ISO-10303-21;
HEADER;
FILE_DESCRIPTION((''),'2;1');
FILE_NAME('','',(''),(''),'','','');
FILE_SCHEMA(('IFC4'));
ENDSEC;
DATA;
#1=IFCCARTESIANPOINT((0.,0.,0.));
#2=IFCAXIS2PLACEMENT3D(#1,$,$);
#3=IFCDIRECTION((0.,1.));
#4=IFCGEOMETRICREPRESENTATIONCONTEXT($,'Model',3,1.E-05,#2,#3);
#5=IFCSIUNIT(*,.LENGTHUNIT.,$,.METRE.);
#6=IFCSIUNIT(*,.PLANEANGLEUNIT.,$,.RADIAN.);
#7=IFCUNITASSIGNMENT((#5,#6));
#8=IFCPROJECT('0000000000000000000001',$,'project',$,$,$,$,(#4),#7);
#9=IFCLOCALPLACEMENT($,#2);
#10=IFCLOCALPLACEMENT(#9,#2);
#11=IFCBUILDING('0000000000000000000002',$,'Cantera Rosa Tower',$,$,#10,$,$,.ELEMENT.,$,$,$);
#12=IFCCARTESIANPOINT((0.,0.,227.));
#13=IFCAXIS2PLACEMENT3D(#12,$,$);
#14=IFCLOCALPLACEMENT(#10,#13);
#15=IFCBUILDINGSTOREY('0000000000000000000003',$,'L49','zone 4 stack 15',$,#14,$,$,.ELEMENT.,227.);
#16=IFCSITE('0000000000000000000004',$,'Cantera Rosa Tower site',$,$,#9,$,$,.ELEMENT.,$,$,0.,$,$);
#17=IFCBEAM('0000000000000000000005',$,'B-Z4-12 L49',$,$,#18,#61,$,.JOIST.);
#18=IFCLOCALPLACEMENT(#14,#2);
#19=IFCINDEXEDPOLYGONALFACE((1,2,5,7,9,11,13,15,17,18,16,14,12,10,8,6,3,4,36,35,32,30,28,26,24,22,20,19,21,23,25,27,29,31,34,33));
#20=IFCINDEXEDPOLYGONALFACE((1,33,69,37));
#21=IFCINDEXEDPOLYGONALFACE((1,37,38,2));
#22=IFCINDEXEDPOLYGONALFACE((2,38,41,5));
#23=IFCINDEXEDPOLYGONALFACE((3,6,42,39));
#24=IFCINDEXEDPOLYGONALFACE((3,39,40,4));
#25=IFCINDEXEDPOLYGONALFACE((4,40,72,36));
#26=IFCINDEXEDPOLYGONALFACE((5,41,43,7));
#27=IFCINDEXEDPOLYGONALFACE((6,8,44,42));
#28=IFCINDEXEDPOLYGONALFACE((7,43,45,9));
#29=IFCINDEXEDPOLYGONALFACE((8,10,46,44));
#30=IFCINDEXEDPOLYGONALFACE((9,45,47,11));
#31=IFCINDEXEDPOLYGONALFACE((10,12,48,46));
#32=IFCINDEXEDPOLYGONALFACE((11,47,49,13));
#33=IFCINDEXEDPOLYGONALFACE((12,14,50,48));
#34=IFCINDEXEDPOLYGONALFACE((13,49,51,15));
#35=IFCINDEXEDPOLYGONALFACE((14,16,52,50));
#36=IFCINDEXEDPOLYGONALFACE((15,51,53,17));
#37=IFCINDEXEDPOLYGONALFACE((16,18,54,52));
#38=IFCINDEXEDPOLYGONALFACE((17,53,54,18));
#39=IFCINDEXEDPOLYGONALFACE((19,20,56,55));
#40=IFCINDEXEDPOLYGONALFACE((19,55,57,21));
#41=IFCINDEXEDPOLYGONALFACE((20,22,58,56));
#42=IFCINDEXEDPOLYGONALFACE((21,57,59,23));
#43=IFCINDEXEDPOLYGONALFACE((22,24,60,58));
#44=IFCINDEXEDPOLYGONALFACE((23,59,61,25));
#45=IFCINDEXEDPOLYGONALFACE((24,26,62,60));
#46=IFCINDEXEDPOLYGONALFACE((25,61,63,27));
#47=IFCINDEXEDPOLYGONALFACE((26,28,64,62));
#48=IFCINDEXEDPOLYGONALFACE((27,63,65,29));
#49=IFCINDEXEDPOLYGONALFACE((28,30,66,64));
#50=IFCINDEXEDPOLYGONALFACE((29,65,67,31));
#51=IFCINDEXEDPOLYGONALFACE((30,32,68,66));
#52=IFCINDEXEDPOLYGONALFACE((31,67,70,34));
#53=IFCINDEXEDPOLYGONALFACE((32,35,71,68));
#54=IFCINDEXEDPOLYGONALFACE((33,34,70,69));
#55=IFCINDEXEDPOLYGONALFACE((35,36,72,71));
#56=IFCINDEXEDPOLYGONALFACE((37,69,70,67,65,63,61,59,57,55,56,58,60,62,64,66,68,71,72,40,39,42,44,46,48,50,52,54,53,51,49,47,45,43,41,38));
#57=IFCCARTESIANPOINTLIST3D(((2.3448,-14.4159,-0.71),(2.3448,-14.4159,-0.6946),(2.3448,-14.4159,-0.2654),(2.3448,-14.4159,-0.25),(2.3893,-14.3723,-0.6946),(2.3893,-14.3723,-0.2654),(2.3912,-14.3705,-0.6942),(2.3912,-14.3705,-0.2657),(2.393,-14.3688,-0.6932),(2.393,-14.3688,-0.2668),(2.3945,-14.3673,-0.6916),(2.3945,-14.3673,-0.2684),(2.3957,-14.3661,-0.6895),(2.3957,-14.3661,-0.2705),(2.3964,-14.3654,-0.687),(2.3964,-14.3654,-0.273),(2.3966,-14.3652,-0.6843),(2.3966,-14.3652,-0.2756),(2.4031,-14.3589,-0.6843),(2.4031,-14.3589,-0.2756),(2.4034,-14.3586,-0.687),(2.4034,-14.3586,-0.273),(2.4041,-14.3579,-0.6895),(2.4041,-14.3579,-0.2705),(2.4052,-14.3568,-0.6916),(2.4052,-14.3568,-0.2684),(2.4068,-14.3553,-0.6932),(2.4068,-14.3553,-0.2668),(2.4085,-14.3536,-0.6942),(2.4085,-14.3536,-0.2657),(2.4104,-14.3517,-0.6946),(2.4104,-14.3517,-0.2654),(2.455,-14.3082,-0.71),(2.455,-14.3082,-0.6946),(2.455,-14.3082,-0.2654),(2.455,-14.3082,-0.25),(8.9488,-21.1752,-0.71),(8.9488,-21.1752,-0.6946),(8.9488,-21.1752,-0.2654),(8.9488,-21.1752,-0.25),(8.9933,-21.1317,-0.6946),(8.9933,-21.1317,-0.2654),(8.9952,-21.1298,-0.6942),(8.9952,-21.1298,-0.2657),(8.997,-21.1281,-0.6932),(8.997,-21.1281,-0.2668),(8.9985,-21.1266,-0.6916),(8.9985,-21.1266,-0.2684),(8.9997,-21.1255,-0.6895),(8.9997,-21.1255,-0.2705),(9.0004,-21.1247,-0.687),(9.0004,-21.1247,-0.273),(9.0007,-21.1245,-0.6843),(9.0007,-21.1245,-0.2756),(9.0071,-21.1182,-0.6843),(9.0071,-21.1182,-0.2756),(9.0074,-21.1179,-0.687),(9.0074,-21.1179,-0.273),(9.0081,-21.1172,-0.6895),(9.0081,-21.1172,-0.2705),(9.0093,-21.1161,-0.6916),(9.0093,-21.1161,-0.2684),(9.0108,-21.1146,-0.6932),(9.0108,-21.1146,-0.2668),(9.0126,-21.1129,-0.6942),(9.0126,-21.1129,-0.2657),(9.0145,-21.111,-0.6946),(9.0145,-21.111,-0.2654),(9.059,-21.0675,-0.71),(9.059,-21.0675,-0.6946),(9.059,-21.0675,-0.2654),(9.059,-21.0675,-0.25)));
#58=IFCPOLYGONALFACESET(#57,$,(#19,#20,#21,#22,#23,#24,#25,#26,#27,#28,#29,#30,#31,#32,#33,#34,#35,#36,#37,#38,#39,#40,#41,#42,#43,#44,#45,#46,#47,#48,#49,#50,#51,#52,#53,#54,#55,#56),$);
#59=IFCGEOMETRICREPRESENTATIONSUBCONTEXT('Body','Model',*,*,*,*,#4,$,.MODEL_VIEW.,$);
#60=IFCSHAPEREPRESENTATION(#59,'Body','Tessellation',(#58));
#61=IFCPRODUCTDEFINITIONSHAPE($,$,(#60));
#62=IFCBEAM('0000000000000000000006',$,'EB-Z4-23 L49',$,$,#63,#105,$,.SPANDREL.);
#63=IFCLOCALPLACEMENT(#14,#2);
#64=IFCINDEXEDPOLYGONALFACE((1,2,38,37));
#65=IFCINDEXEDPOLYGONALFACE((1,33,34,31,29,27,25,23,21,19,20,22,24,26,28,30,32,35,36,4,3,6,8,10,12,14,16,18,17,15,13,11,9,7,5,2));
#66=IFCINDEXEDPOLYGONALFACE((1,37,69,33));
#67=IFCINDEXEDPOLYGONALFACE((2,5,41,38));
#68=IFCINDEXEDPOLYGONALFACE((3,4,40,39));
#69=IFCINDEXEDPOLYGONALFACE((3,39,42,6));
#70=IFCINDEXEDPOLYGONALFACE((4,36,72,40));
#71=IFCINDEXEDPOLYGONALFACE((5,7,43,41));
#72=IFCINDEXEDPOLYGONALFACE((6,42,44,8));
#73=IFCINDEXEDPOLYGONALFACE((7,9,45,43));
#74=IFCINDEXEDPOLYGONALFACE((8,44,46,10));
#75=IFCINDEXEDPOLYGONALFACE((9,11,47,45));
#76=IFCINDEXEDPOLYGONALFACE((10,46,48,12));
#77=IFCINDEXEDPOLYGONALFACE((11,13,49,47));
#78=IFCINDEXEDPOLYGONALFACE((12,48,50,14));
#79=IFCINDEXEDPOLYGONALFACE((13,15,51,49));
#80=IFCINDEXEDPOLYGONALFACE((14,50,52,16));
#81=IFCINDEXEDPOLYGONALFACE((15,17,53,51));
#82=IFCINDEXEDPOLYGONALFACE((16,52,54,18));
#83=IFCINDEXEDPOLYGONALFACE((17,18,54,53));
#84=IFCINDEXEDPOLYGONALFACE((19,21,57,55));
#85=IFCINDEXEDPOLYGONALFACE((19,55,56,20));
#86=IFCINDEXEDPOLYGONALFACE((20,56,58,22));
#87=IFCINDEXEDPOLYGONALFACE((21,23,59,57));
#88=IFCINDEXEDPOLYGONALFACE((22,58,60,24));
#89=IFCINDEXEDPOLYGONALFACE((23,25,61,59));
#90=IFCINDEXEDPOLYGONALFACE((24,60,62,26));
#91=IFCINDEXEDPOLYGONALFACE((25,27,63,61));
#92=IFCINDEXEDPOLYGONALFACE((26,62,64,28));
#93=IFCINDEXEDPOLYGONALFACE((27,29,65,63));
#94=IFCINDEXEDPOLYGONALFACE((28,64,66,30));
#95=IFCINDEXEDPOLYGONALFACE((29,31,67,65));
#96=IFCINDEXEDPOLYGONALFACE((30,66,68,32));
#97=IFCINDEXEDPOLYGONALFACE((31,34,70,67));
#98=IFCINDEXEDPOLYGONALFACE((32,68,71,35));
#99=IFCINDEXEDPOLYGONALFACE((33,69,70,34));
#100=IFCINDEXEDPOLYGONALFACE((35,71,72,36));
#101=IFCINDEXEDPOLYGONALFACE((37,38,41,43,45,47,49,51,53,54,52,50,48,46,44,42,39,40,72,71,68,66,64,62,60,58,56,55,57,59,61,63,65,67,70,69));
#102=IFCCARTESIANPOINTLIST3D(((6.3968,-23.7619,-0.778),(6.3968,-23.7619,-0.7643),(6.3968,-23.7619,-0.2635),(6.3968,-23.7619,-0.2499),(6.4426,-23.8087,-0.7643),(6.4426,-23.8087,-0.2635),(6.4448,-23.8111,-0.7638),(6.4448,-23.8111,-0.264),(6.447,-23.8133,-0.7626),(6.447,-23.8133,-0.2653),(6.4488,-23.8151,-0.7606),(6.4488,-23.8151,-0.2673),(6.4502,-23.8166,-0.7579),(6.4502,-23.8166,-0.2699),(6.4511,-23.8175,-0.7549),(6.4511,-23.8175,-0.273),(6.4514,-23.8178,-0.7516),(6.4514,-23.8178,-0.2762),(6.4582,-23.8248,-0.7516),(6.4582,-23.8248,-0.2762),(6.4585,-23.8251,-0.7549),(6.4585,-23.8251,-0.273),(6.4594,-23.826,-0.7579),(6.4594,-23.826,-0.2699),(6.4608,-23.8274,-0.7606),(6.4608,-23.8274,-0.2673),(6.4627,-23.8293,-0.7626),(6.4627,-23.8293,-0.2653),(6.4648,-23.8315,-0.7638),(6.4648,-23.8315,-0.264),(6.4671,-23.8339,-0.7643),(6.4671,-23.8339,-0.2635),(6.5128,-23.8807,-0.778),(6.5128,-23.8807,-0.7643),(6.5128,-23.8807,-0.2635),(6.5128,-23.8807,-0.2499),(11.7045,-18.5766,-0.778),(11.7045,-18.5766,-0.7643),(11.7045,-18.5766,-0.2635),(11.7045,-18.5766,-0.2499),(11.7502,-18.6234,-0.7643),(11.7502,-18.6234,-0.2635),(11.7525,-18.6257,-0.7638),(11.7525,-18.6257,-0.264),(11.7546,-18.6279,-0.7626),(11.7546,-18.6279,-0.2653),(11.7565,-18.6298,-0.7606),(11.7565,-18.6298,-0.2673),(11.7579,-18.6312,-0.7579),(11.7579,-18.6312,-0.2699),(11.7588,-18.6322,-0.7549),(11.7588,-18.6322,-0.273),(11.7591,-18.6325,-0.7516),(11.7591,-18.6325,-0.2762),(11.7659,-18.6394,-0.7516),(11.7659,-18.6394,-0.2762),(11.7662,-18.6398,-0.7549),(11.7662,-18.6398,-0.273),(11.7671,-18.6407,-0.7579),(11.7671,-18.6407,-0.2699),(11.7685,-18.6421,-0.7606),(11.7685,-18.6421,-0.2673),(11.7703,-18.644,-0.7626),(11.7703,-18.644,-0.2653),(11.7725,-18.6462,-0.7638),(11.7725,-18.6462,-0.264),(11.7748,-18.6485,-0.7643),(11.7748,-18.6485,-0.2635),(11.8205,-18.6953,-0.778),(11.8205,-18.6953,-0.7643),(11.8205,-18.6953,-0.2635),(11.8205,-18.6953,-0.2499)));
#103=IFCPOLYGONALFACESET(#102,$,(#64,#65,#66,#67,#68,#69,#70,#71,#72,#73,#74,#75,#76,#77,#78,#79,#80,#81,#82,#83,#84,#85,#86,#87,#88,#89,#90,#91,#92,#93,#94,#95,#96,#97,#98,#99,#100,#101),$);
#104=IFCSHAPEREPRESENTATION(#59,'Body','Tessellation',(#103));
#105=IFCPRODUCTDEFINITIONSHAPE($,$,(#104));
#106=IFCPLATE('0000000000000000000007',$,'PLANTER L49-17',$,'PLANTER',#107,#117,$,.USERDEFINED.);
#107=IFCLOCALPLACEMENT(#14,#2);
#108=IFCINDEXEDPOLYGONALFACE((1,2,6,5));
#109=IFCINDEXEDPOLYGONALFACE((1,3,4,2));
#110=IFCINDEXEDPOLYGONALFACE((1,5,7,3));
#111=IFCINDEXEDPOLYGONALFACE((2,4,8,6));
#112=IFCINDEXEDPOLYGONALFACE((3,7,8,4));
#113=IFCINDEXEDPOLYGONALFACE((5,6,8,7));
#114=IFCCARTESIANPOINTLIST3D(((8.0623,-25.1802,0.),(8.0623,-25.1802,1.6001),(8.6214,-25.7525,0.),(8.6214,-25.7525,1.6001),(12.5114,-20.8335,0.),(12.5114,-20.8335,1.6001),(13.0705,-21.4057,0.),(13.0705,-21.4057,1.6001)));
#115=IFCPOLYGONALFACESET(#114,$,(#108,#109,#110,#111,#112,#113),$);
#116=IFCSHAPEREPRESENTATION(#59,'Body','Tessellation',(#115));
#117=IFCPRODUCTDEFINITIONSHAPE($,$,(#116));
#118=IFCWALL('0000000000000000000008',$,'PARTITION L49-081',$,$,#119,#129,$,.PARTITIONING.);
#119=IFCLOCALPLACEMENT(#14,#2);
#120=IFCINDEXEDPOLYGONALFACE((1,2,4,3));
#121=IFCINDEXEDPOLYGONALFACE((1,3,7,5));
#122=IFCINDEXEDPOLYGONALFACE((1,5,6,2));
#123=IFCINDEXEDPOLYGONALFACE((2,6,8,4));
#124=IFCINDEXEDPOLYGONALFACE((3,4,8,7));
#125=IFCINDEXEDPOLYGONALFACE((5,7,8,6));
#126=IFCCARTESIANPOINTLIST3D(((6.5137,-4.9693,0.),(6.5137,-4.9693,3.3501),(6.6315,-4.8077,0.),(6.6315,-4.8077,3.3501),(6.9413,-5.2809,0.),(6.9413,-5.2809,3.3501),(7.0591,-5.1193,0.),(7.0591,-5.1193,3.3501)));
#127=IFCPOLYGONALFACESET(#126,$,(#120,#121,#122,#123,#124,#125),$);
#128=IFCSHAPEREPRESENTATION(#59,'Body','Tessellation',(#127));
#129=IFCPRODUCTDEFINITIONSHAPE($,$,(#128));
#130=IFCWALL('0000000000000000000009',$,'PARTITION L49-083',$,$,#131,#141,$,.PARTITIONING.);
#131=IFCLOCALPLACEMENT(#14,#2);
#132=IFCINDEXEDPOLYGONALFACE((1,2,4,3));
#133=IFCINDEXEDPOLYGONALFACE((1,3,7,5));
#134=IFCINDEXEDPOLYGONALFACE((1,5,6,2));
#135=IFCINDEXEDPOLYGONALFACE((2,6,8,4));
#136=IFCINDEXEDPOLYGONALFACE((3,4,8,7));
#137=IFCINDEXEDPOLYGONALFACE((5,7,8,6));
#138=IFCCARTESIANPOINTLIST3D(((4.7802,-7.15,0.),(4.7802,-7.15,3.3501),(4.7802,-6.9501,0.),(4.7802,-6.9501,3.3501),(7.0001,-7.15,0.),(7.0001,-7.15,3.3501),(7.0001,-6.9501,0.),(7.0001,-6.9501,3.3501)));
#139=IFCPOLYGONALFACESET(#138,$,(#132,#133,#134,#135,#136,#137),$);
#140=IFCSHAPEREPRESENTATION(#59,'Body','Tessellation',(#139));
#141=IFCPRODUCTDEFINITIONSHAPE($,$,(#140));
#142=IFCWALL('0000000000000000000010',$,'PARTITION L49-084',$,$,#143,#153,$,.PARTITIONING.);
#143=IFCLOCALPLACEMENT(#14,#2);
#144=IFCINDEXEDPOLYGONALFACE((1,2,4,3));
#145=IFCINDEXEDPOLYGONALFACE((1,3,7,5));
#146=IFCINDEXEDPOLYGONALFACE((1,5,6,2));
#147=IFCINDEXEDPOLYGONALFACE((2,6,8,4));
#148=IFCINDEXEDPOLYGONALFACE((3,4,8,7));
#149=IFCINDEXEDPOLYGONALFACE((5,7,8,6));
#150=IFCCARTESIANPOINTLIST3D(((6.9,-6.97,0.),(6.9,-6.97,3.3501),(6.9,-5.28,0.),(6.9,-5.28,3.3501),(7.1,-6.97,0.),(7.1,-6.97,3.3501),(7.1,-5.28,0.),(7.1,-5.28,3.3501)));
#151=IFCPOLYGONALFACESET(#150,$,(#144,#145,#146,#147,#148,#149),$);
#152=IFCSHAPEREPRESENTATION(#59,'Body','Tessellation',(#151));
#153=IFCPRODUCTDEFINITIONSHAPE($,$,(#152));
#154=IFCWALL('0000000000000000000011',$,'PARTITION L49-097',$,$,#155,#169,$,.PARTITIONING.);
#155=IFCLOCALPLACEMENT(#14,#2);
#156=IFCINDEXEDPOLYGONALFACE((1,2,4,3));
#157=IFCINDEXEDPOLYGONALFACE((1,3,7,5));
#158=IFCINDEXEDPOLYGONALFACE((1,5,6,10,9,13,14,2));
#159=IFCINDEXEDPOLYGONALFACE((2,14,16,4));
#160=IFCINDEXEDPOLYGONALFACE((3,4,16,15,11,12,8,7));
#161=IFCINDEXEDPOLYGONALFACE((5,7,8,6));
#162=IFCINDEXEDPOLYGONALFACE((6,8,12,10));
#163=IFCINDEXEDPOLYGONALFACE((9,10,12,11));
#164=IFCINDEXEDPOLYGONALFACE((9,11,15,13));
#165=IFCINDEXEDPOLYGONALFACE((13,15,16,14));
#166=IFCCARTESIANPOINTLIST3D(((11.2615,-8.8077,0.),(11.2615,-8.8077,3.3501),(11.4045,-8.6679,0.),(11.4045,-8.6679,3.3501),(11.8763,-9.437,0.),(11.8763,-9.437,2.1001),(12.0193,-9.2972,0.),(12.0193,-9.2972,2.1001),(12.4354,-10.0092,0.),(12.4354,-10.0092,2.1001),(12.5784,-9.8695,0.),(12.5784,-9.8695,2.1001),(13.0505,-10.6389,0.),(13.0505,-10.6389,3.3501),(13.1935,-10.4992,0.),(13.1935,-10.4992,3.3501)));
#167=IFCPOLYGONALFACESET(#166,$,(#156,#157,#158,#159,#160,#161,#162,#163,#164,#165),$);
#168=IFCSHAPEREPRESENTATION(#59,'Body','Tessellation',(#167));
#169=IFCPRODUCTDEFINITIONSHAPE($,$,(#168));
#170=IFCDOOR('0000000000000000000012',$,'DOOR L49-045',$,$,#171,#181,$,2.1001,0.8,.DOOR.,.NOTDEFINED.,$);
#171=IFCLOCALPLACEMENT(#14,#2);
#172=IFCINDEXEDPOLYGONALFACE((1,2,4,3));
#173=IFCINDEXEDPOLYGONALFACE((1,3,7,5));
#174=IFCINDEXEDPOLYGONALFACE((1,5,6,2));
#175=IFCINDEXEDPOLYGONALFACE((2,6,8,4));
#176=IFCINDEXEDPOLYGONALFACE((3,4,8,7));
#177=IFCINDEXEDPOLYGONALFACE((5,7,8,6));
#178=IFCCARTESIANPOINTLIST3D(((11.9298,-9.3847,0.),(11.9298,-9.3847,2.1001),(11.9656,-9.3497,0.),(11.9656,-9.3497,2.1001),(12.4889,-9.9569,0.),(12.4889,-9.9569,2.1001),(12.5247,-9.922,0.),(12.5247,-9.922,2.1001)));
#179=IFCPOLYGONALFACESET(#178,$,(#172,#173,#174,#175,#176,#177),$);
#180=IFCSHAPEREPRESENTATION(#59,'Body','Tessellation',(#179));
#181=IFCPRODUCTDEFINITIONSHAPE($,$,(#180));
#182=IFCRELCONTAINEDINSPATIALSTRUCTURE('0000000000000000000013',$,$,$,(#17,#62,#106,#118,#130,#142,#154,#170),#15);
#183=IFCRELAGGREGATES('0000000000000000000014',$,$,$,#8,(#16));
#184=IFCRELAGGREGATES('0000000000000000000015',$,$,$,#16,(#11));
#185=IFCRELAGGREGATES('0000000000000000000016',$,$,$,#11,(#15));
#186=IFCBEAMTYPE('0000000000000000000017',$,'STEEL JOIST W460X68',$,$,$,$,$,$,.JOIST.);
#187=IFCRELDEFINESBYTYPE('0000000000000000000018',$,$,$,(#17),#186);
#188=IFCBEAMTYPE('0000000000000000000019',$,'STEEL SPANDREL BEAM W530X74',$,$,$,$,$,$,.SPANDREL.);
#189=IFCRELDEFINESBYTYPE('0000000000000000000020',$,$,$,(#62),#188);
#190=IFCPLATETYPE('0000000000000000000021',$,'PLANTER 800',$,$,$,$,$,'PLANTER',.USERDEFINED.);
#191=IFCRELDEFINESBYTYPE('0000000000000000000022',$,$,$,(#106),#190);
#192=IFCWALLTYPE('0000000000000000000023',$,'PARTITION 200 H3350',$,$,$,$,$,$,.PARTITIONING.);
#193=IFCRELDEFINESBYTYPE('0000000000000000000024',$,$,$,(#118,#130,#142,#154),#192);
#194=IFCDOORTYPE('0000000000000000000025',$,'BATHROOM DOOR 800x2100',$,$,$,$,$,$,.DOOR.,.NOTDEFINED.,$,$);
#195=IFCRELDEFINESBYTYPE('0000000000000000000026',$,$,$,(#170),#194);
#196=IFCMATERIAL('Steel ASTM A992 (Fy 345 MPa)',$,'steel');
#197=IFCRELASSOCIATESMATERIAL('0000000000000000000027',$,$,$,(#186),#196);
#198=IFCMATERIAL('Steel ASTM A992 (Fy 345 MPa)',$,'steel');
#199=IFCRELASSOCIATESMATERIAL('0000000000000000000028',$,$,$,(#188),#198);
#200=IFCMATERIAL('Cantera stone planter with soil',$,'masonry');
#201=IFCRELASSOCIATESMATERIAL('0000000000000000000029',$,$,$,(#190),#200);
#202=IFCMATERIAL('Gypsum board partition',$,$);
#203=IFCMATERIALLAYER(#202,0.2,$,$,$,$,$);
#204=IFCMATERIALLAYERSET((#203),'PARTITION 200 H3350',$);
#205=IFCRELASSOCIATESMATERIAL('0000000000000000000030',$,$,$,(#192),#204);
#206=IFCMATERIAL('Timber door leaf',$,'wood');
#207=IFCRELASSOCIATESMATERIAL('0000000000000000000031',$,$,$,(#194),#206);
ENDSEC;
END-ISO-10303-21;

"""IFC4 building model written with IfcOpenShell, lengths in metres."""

from ifc_helpers import new_model, si_unit, direction, frame, frame_2d, origin, origin_2d, place, context, subcontext, project, spatial, rectangle, i_section, extrude, material, layer, layer_set, material_profile, profile_set, type_object, element, fill, save


model = new_model("IFC4")

# Units and contexts
model_context = context("Model", 3, precision=1e-05, world=origin(), true_north=direction((0.0, 1.0)))
body_context = subcontext(model_context, "Body", "Model", "MODEL_VIEW")
ifc_project = project(units=[si_unit("LENGTHUNIT", "METRE"), si_unit("PLANEANGLEUNIT", "RADIAN")], contexts=[model_context])

# Site, building, storey
site_placement = place(None, origin())
site = spatial("IfcSite", under=ifc_project, at=site_placement, Name="Cantera Rosa Tower site", CompositionType="ELEMENT", RefElevation=0.0)
building_placement = place(site_placement, origin())
building = spatial("IfcBuilding", under=site, at=building_placement, Name="Cantera Rosa Tower", CompositionType="ELEMENT")
storey_placement = place(building_placement, frame((0.0, 0.0, 227.0)))
storey = spatial("IfcBuildingStorey", under=building, at=storey_placement, Name="L49", Description="zone 4 stack 15", CompositionType="ELEMENT", Elevation=227.0)

# Beams
ifc_material_1 = material(Name="Steel ASTM A992 (Fy 345 MPa)", Category="steel")
ifc_material_profile_1 = material_profile(ifc_material_1, i_section(OverallWidth=0.1541, OverallDepth=0.46, WebThickness=0.009, FlangeThickness=0.0154, FilletRadius=0.0103, at=origin_2d()), Name="W460X68")
ifc_profile_set_1 = profile_set([ifc_material_profile_1], Name="Steel ASTM A992 (Fy 345 MPa)")
beam_type_1 = type_object("IfcBeamType", Name="STEEL JOIST W460X68", PredefinedType="JOIST", material=ifc_profile_set_1)
beam_1_placement = place(storey_placement, frame((9.0039, -21.1213, -0.48), z_axis=(-0.698843, 0.715275, 0.0), x_axis=(-0.715275, -0.698843, 0.0)))
element("IfcBeam", 1, at=beam_1_placement, inside=storey, type_object=beam_type_1, Name="B-Z4-12 L49", PredefinedType="JOIST", context=body_context, shape_type="SweptSolid", body=[
    extrude(i_section(OverallWidth=0.1541, OverallDepth=0.46, WebThickness=0.009, FlangeThickness=0.0154, FilletRadius=0.0103, at=origin_2d()), origin(), (0.0, 0.0, 1.0), 9.45),
])
ifc_material_2 = material(Name="Steel ASTM A992 (Fy 345 MPa)", Category="steel")
ifc_material_profile_2 = material_profile(ifc_material_2, i_section(OverallWidth=0.166, OverallDepth=0.5281, WebThickness=0.0098, FlangeThickness=0.0137, FilletRadius=0.0127, at=origin_2d()), Name="W530X74")
ifc_profile_set_2 = profile_set([ifc_material_profile_2], Name="Steel ASTM A992 (Fy 345 MPa)")
beam_type_2 = type_object("IfcBeamType", Name="STEEL SPANDREL BEAM W530X74", PredefinedType="SPANDREL", material=ifc_profile_set_2)
beam_2_placement = place(storey_placement, frame((6.4548, -23.8213, -0.5139), z_axis=(0.715301, 0.698817, 0.0), x_axis=(-0.698817, 0.715301, 0.0)))
element("IfcBeam", 2, at=beam_2_placement, inside=storey, type_object=beam_type_2, Name="EB-Z4-23 L49", PredefinedType="SPANDREL", context=body_context, shape_type="SweptSolid", body=[
    extrude(i_section(OverallWidth=0.166, OverallDepth=0.5281, WebThickness=0.0098, FlangeThickness=0.0137, FilletRadius=0.0127, at=origin_2d()), origin(), (0.0, 0.0, 1.0), 7.4202),
])

# Plate
ifc_material_3 = material(Name="Cantera stone planter with soil", Category="masonry")
plate_type = type_object("IfcPlateType", Name="PLANTER 800", ElementType="PLANTER", PredefinedType="USERDEFINED", material=ifc_material_3)
plate_placement = place(storey_placement, frame((10.5664, -23.293, 0.0), z_axis=(0.0, 0.0, 1.0), x_axis=(0.715286, 0.698832, 0.0)))
element("IfcPlate", 3, at=plate_placement, inside=storey, type_object=plate_type, Name="PLANTER L49-17", ObjectType="PLANTER", PredefinedType="USERDEFINED", context=body_context, shape_type="SweptSolid", body=[
    extrude(rectangle(XDim=6.22, YDim=0.8, at=origin_2d()), origin(), (0.0, 0.0, 1.0), 1.6001),
])

# Walls
ifc_material_4 = material(Name="Gypsum board partition")
ifc_layer_1 = layer(ifc_material_4, 0.2)
ifc_layer_set_1 = layer_set([ifc_layer_1], Name="PARTITION 200 H3350")
wall_type_1 = type_object("IfcWallType", Name="PARTITION 200 H3350", PredefinedType="PARTITIONING", material=ifc_layer_set_1)
wall_1_placement = place(storey_placement, frame((6.5725, -4.8884, 0.0), z_axis=(0.0, 0.0, 1.0), x_axis=(0.808177, -0.58894, 0.0)))
element("IfcWall", 4, at=wall_1_placement, inside=storey, type_object=wall_type_1, Name="PARTITION L49-081", PredefinedType="PARTITIONING", context=body_context, shape_type="SweptSolid", body=[
    extrude(rectangle(XDim=0.5291, YDim=0.2, at=frame_2d((0.2646, 0.0))), origin(), (0.0, 0.0, 1.0), 3.3501),
])
wall_2_placement = place(storey_placement, frame((7.0, -7.05, 0.0), z_axis=(0.0, 0.0, 1.0), x_axis=(-1.0, 0.0, 0.0)))
element("IfcWall", 5, at=wall_2_placement, inside=storey, type_object=wall_type_1, Name="PARTITION L49-083", PredefinedType="PARTITIONING", context=body_context, shape_type="SweptSolid", body=[
    extrude(rectangle(XDim=2.22, YDim=0.2, at=frame_2d((1.1099, 0.0))), origin(), (0.0, 0.0, 1.0), 3.3501),
])
wall_3_placement = place(storey_placement, frame((7.0, -5.28, 0.0), z_axis=(0.0, 0.0, 1.0), x_axis=(0.0, -1.0, 0.0)))
element("IfcWall", 6, at=wall_3_placement, inside=storey, type_object=wall_type_1, Name="PARTITION L49-084", PredefinedType="PARTITIONING", context=body_context, shape_type="SweptSolid", body=[
    extrude(rectangle(XDim=1.6899, YDim=0.2, at=frame_2d((0.845, 0.0))), origin(), (0.0, 0.0, 1.0), 3.3501),
])

# Wall, opening, door
wall_4_placement = place(storey_placement, frame((11.333, -8.7378, 0.0), z_axis=(0.0, 0.0, 1.0), x_axis=(0.69881, -0.715307, 0.0)))
wall_4 = element("IfcWall", 7, at=wall_4_placement, inside=storey, type_object=wall_type_1, Name="PARTITION L49-097", PredefinedType="PARTITIONING", context=body_context, shape_type="SweptSolid", body=[
    extrude(rectangle(XDim=2.5601, YDim=0.2, at=frame_2d((1.28, 0.0))), origin(), (0.0, 0.0, 1.0), 3.3501),
])
opening_1_placement = place(wall_4_placement, frame((0.8799, 0.0, 0.0)))
opening_1 = element("IfcOpeningElement", 8, at=opening_1_placement, cuts=wall_4, PredefinedType="OPENING", context=body_context, shape_type="SweptSolid", body=[
    extrude(rectangle(XDim=0.8, YDim=2.1001, at=frame_2d((0.3999, 1.05))), frame((0.0, 0.1099, 0.0), z_axis=(0.0, -1.0, 0.0), x_axis=(1.0, 0.0, 0.0)), (0.0, 0.0, 1.0), 0.22),
])
ifc_material_5 = material(Name="Timber door leaf", Category="wood")
door_type_1 = type_object("IfcDoorType", Name="BATHROOM DOOR 800x2100", OperationType="NOTDEFINED", PredefinedType="DOOR", material=ifc_material_5)
door_1_placement = place(opening_1_placement, origin())
door_1 = element("IfcDoor", 9, at=door_1_placement, inside=storey, type_object=door_type_1, Name="DOOR L49-045", OperationType="NOTDEFINED", OverallHeight=2.1001, OverallWidth=0.8, PredefinedType="DOOR", context=body_context, shape_type="SweptSolid", body=[
    extrude(rectangle(XDim=0.8, YDim=2.1001, at=frame_2d((0.3999, 1.05))), frame((0.0, 0.0249, 0.0), z_axis=(0.0, -1.0, 0.0), x_axis=(1.0, 0.0, 0.0)), (0.0, 0.0, 1.0), 0.05),
])
fill(opening_1, door_1)

save(model, "model.ifc")
